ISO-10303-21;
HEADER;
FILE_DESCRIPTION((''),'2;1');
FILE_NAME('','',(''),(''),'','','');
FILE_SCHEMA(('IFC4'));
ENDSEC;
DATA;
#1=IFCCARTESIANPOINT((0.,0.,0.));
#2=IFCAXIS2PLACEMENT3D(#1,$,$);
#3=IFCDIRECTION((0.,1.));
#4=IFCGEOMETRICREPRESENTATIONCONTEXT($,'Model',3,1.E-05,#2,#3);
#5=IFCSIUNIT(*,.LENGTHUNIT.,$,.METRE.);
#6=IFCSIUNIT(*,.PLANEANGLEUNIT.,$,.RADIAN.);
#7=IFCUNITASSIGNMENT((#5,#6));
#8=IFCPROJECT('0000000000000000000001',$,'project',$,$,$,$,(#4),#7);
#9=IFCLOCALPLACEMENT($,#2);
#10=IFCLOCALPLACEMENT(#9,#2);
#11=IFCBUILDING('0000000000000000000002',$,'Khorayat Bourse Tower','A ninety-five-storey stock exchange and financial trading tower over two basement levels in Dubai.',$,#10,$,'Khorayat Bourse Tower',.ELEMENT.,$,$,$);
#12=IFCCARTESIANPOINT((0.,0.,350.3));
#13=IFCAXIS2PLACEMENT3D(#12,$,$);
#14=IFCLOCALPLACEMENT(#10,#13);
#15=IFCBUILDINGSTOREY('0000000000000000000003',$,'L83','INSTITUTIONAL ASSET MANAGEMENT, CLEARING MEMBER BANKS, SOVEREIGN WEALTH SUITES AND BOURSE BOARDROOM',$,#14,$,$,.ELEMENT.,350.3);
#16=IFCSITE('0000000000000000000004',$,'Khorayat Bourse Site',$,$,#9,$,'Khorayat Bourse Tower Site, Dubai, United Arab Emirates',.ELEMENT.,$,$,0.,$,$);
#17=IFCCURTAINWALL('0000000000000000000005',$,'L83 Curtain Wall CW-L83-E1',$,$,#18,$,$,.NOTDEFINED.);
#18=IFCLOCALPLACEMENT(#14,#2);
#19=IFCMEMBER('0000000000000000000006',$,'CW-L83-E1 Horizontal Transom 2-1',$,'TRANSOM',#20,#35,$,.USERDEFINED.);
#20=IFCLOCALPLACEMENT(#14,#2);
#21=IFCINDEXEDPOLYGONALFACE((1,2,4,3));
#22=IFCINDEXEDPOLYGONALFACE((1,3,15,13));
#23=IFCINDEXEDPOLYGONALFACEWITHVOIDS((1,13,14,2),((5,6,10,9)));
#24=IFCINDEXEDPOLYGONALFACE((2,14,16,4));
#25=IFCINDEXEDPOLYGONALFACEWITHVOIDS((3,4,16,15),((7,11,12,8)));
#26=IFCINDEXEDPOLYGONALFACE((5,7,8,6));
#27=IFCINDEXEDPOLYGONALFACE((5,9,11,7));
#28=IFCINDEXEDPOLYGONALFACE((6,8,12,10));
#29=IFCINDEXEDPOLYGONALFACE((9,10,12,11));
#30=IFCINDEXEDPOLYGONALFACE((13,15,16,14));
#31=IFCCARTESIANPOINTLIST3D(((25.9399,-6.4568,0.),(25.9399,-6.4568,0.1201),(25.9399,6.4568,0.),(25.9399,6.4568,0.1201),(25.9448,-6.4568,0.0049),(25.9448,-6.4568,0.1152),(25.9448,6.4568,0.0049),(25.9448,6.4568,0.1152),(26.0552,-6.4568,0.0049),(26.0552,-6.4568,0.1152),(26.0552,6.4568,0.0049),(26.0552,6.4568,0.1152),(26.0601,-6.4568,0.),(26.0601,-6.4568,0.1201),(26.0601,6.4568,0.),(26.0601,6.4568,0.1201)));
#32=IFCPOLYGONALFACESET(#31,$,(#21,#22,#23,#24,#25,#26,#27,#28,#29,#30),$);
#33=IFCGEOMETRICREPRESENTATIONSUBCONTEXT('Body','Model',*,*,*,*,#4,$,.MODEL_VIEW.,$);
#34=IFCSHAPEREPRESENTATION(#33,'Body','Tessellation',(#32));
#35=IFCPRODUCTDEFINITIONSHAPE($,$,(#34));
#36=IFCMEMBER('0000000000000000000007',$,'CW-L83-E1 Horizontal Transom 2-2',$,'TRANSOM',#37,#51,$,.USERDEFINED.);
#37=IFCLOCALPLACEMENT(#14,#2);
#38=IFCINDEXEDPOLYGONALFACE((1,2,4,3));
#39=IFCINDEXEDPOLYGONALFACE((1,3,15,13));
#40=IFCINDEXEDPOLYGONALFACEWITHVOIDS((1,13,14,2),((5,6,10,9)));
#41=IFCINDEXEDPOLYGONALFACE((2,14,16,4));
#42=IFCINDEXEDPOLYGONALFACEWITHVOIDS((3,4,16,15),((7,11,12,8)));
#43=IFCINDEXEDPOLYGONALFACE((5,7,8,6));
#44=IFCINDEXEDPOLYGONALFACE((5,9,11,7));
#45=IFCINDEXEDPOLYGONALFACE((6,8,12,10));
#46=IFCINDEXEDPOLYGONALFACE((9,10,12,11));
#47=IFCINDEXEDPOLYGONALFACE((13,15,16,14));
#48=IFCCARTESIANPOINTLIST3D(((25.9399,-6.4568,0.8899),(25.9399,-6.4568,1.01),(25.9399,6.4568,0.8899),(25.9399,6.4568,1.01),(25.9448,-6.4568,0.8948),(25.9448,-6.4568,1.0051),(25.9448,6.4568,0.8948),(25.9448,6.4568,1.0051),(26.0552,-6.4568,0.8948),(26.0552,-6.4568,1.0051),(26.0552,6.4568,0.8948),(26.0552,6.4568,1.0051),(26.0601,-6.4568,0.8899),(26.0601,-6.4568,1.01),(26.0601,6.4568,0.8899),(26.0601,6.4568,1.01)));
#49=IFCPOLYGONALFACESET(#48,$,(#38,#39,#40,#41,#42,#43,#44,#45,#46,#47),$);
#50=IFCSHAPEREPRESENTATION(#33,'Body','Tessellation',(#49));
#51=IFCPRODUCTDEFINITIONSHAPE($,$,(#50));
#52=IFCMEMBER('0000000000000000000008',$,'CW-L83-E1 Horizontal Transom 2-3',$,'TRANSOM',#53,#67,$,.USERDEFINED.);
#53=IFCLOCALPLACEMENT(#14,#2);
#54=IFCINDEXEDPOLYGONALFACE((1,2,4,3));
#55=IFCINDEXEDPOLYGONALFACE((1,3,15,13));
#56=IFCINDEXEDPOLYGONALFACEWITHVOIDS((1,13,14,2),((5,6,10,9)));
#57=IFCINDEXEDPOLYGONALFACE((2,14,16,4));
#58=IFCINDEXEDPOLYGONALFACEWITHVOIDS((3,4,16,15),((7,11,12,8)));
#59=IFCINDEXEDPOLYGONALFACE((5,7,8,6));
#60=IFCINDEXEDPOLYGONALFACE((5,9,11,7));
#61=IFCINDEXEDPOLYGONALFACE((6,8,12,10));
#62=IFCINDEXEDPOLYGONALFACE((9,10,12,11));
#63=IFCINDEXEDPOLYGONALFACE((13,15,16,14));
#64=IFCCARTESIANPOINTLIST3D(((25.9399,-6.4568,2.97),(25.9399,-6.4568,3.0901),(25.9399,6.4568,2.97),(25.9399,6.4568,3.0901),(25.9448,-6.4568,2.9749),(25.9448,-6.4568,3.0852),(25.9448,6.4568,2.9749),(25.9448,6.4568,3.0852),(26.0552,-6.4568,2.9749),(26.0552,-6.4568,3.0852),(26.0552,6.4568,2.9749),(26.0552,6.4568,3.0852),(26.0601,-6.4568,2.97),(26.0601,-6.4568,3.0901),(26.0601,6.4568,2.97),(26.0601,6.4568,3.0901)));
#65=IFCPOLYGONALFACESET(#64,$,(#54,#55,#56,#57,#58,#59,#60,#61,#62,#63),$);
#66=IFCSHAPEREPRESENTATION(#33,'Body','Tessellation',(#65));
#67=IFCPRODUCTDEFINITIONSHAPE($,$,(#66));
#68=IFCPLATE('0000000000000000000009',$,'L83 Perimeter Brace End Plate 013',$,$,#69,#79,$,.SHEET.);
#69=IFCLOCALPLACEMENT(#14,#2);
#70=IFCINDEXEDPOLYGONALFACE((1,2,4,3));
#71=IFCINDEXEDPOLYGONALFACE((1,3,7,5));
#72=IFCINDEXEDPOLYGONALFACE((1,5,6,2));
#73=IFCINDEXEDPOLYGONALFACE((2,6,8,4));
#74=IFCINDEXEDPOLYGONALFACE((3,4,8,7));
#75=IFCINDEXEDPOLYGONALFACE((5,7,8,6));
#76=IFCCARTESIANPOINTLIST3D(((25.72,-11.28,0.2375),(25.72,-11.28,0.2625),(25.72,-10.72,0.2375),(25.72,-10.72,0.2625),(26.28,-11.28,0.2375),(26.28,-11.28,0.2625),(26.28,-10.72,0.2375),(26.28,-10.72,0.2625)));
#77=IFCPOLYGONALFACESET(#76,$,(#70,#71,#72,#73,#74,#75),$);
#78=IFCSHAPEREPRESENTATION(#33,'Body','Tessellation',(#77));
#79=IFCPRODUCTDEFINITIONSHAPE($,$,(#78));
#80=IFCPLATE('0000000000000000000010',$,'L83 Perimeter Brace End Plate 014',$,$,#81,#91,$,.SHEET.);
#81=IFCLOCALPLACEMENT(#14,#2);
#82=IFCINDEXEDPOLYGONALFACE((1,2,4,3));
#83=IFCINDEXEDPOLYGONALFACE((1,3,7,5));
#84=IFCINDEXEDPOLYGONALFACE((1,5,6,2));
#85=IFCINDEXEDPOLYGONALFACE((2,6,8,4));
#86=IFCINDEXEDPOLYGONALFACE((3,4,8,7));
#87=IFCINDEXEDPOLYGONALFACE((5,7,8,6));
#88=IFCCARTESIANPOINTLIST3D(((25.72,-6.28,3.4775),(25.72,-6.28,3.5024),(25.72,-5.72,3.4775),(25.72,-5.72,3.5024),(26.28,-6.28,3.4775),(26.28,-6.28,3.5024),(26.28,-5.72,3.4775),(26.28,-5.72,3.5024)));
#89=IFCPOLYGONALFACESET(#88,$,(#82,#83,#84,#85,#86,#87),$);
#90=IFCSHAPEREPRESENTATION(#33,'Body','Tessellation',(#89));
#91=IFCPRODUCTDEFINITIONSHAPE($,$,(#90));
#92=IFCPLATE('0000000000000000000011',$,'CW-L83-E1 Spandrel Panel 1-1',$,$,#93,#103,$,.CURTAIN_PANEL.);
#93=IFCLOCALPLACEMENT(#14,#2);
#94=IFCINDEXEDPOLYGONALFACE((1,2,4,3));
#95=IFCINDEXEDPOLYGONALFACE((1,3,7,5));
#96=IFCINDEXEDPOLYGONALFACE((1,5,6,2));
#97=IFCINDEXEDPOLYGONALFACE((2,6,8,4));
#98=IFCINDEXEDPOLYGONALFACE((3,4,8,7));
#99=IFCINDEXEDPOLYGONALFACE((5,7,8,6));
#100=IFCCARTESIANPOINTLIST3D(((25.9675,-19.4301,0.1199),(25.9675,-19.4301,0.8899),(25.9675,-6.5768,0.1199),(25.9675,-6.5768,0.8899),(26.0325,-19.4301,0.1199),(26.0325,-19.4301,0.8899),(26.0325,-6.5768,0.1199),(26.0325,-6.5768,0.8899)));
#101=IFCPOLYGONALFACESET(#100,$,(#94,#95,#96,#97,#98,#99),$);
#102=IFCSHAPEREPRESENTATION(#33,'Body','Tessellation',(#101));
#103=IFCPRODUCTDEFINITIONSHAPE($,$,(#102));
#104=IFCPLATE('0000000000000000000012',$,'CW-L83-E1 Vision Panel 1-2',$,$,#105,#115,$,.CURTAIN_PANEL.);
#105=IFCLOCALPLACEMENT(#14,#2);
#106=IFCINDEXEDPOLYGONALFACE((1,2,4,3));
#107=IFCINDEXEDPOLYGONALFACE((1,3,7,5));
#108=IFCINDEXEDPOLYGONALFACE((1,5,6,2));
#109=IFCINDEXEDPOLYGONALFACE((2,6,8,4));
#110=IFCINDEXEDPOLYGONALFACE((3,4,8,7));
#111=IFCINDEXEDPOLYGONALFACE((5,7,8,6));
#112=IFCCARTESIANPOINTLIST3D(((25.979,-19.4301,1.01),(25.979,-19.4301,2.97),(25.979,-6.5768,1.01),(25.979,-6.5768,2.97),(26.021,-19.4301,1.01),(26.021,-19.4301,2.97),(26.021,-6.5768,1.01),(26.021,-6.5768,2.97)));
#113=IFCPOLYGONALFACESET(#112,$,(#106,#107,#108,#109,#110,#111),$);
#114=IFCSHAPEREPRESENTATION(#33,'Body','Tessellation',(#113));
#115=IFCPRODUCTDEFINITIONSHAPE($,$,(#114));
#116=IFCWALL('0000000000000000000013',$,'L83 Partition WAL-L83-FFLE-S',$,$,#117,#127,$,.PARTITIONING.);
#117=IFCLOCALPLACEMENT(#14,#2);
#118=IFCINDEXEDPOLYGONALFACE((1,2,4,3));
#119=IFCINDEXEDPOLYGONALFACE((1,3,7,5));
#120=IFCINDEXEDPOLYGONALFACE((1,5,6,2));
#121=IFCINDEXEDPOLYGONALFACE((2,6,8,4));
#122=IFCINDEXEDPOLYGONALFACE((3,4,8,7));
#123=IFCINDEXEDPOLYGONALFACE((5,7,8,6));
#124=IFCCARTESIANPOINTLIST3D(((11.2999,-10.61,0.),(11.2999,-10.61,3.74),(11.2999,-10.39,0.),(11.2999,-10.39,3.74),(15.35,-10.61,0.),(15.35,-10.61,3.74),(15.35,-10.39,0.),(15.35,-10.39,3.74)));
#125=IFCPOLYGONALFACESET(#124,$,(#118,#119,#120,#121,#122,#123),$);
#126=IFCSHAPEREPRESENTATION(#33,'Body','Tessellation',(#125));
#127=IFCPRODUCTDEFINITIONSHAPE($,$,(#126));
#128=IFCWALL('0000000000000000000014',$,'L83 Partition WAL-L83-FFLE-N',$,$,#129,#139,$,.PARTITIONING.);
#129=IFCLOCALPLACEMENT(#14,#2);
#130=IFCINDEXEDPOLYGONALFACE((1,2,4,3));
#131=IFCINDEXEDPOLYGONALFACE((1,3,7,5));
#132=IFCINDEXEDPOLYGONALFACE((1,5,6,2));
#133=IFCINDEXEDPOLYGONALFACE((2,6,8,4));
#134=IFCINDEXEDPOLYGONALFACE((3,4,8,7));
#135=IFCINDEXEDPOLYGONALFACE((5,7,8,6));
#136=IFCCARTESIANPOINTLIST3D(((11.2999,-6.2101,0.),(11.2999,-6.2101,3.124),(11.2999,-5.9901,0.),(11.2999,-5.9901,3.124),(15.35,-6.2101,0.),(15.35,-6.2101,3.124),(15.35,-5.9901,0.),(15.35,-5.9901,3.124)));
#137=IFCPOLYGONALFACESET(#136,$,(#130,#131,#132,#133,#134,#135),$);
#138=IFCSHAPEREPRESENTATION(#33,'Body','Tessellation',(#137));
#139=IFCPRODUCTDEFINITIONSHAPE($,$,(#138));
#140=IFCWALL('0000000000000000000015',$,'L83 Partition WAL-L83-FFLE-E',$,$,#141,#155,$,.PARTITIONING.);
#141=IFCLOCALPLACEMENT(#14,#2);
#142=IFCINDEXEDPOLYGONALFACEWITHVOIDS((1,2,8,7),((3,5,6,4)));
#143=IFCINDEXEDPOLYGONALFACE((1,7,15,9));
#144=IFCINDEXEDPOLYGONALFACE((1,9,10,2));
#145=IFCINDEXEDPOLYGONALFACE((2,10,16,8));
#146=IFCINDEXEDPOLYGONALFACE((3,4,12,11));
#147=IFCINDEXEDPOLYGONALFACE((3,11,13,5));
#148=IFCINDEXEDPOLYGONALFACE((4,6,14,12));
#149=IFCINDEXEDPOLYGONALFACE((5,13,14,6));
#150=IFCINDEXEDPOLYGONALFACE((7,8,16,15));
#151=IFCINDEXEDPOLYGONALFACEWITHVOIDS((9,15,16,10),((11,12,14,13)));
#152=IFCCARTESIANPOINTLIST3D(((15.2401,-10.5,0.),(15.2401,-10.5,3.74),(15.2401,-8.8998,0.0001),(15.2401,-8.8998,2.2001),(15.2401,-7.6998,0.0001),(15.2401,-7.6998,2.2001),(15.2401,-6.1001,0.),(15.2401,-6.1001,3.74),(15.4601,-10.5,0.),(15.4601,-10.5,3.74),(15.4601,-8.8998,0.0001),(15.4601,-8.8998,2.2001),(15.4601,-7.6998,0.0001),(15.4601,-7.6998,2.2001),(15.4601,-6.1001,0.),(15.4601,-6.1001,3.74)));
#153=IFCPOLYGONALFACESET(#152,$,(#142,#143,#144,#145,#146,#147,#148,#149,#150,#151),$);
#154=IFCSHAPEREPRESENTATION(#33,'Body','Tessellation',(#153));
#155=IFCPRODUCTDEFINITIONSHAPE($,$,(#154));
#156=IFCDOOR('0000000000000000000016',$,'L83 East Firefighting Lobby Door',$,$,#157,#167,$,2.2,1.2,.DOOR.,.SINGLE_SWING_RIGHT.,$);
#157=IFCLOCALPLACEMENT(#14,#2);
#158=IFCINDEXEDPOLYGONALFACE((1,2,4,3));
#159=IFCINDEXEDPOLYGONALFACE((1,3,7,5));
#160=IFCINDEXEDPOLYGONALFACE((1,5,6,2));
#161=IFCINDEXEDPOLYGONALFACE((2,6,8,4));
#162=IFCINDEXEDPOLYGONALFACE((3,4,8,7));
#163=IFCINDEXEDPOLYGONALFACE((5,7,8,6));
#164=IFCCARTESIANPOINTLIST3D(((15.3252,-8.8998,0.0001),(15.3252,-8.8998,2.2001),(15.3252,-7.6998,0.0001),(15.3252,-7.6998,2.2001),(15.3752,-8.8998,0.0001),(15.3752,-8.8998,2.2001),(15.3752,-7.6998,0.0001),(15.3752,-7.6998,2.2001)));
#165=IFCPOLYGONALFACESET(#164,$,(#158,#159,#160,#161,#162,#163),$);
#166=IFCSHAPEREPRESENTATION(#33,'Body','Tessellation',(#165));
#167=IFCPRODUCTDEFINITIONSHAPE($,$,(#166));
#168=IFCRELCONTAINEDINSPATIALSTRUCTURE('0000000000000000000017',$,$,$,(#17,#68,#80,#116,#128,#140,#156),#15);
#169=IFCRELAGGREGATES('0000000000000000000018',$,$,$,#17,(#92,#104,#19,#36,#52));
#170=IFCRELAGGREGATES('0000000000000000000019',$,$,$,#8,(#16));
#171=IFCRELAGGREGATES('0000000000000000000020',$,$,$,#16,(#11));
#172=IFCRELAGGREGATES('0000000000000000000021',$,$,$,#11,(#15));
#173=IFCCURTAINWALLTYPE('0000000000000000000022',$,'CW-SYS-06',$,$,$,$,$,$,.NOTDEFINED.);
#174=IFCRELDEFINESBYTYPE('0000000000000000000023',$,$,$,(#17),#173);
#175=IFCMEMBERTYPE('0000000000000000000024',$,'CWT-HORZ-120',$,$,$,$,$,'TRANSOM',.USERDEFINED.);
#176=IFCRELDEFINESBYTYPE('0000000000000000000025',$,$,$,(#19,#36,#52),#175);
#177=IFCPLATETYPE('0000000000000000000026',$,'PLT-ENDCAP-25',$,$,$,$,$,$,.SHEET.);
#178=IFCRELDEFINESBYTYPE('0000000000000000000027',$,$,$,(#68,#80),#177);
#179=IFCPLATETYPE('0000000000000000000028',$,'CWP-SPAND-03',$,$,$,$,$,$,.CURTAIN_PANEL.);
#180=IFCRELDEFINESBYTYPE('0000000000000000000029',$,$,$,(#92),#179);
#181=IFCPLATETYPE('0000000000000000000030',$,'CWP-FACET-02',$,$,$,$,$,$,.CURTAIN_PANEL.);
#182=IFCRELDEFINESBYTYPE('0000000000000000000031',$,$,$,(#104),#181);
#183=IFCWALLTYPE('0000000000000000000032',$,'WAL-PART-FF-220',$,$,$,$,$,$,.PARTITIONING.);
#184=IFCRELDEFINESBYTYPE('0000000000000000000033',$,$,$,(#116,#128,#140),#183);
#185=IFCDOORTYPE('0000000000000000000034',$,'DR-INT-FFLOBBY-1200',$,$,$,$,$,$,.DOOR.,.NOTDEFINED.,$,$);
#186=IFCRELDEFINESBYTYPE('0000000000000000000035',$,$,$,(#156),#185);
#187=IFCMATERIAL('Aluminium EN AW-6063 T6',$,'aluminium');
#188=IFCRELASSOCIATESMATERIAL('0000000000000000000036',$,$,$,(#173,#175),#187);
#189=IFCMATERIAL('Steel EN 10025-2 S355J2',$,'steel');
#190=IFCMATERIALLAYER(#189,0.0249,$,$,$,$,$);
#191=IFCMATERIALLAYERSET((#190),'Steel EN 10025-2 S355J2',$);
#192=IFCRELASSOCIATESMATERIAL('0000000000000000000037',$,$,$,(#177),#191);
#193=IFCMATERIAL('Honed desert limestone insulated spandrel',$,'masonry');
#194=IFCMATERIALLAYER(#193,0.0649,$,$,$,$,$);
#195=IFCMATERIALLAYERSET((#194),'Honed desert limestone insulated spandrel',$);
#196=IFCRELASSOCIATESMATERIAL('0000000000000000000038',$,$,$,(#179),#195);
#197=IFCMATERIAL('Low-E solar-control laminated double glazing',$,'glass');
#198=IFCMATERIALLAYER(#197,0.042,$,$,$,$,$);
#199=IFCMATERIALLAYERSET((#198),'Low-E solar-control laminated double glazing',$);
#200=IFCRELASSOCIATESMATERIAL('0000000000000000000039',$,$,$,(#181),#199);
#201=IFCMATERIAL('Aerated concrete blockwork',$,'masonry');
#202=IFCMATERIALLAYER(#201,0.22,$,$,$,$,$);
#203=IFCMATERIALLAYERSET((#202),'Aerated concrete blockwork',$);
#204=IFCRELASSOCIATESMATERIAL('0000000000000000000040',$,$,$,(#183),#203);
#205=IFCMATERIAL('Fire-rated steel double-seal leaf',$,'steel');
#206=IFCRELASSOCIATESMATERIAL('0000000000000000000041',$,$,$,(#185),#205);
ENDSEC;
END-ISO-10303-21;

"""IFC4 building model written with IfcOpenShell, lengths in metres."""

from ifc_helpers import new_model, si_unit, direction, frame, frame_2d, origin, origin_2d, place, context, subcontext, project, spatial, rectangle, hollow_rectangle, extrude, source, transform, mapped, material, layer, layer_set, material_profile, profile_set, type_object, element, fill, aggregate, save


model = new_model("IFC4")

# Units and contexts
model_context = context("Model", 3, precision=1e-05, world=origin(), true_north=direction((0.0, 1.0)))
body_context = subcontext(model_context, "Body", "Model", "MODEL_VIEW")
ifc_project = project(units=[si_unit("LENGTHUNIT", "METRE"), si_unit("PLANEANGLEUNIT", "RADIAN")], contexts=[model_context])

# Site, building, storey
site_placement = place(None, origin())
site = spatial("IfcSite", under=ifc_project, at=site_placement, Name="Khorayat Bourse Site", LongName="Khorayat Bourse Tower Site, Dubai, United Arab Emirates", CompositionType="ELEMENT", RefElevation=0.0)
building_placement = place(site_placement, origin())
building = spatial("IfcBuilding", under=site, at=building_placement, Name="Khorayat Bourse Tower", Description="A ninety-five-storey stock exchange and financial trading tower over two basement levels in Dubai.", LongName="Khorayat Bourse Tower", CompositionType="ELEMENT")
storey_placement = place(building_placement, frame((0.0, 0.0, 350.3)))
storey = spatial("IfcBuildingStorey", under=building, at=storey_placement, Name="L83", Description="INSTITUTIONAL ASSET MANAGEMENT, CLEARING MEMBER BANKS, SOVEREIGN WEALTH SUITES AND BOURSE BOARDROOM", CompositionType="ELEMENT", Elevation=350.3)

# Shared definitions
ifc_material_1 = material(Name="Steel EN 10025-2 S355J2", Category="steel")

# Curtain wall, members
ifc_material_2 = material(Name="Aluminium EN AW-6063 T6", Category="aluminium")
curtain_wall_type = type_object("IfcCurtainWallType", Name="CW-SYS-06", PredefinedType="NOTDEFINED", material=ifc_material_2)
curtain_wall_placement = place(storey_placement, origin())
curtain_wall = element("IfcCurtainWall", 1, at=curtain_wall_placement, inside=storey, type_object=curtain_wall_type, Name="L83 Curtain Wall CW-L83-E1", PredefinedType="NOTDEFINED")
ifc_material_profile_1 = material_profile(ifc_material_2, hollow_rectangle(XDim=0.1201, YDim=0.1201, WallThickness=0.0049, at=origin_2d()), Name="ALU 120x120x5")
ifc_profile_set_1 = profile_set([ifc_material_profile_1], Name="Aluminium EN AW-6063 T6")
member_type_1 = type_object("IfcMemberType", Name="CWT-HORZ-120", ElementType="TRANSOM", PredefinedType="USERDEFINED", material=ifc_profile_set_1)
shared_shape_1 = source(origin(), body_context, "Body", "SweptSolid", [
    extrude(hollow_rectangle(XDim=0.1201, YDim=0.1201, WallThickness=0.0049, at=origin_2d()), origin(), (0.0, 0.0, 1.0), 12.9136),
])
member_1_placement = place(storey_placement, frame((26.0, -6.4568, 0.0601), z_axis=(0.0, 1.0, 0.0), x_axis=(-1.0, 0.0, 0.0)))
member_1 = element("IfcMember", 2, at=member_1_placement, type_object=member_type_1, Name="CW-L83-E1 Horizontal Transom 2-1", ObjectType="TRANSOM", PredefinedType="USERDEFINED", context=body_context, shape_type="MappedRepresentation", body=[
    mapped(shared_shape_1, transform((0.0, 0.0, 0.0), scale=1.0)),
])
member_2_placement = place(storey_placement, frame((26.0, -6.4568, 0.95), z_axis=(0.0, 1.0, 0.0), x_axis=(-1.0, 0.0, 0.0)))
member_2 = element("IfcMember", 3, at=member_2_placement, type_object=member_type_1, Name="CW-L83-E1 Horizontal Transom 2-2", ObjectType="TRANSOM", PredefinedType="USERDEFINED", context=body_context, shape_type="MappedRepresentation", body=[
    mapped(shared_shape_1, transform((0.0, 0.0, 0.0), scale=1.0)),
])
member_3_placement = place(storey_placement, frame((26.0, -6.4568, 3.03), z_axis=(0.0, 1.0, 0.0), x_axis=(-1.0, 0.0, 0.0)))
member_3 = element("IfcMember", 4, at=member_3_placement, type_object=member_type_1, Name="CW-L83-E1 Horizontal Transom 2-3", ObjectType="TRANSOM", PredefinedType="USERDEFINED", context=body_context, shape_type="MappedRepresentation", body=[
    mapped(shared_shape_1, transform((0.0, 0.0, 0.0), scale=1.0)),
])

# Plates
ifc_layer_1 = layer(ifc_material_1, 0.0249)
ifc_layer_set_1 = layer_set([ifc_layer_1], Name="Steel EN 10025-2 S355J2")
plate_type_1 = type_object("IfcPlateType", Name="PLT-ENDCAP-25", PredefinedType="SHEET", material=ifc_layer_set_1)
shared_shape_2 = source(origin(), body_context, "Body", "SweptSolid", [
    extrude(rectangle(XDim=0.5601, YDim=0.5601, at=origin_2d()), origin(), (0.0, 0.0, 1.0), 0.0249),
])
for number, where, z_axis, x_axis, name in (
    (5, (26.0, -11.0, 0.2375), (0.0, 0.0, 1.0), (1.0, 0.0, 0.0), "L83 Perimeter Brace End Plate 013"),
    (6, (26.0, -6.0, 3.4775), (0.0, 0.0, 1.0), (1.0, 0.0, 0.0), "L83 Perimeter Brace End Plate 014"),
):
    element("IfcPlate", number, at=place(storey_placement, frame(where, z_axis=z_axis, x_axis=x_axis)), inside=storey, type_object=plate_type_1, Name=name, PredefinedType="SHEET", context=body_context, shape_type="MappedRepresentation", body=[
        mapped(shared_shape_2, transform((0.0, 0.0, 0.0), scale=1.0)),
    ])

# Plates
ifc_material_3 = material(Name="Honed desert limestone insulated spandrel", Category="masonry")
ifc_layer_2 = layer(ifc_material_3, 0.0649)
ifc_layer_set_2 = layer_set([ifc_layer_2], Name="Honed desert limestone insulated spandrel")
plate_type_2 = type_object("IfcPlateType", Name="CWP-SPAND-03", PredefinedType="CURTAIN_PANEL", material=ifc_layer_set_2)
shared_shape_3 = source(origin(), body_context, "Body", "SweptSolid", [
    extrude(rectangle(XDim=12.8533, YDim=0.0649, at=origin_2d()), origin(), (0.0, 0.0, 1.0), 0.77),
])
plate_1_placement = place(storey_placement, frame((26.0, -13.0034, 0.1199), z_axis=(0.0, 0.0, 1.0), x_axis=(0.0, 1.0, 0.0)))
plate_1 = element("IfcPlate", 7, at=plate_1_placement, type_object=plate_type_2, Name="CW-L83-E1 Spandrel Panel 1-1", PredefinedType="CURTAIN_PANEL", context=body_context, shape_type="MappedRepresentation", body=[
    mapped(shared_shape_3, transform((0.0, 0.0, 0.0), scale=1.0)),
])
ifc_material_4 = material(Name="Low-E solar-control laminated double glazing", Category="glass")
ifc_layer_3 = layer(ifc_material_4, 0.042)
ifc_layer_set_3 = layer_set([ifc_layer_3], Name="Low-E solar-control laminated double glazing")
plate_type_3 = type_object("IfcPlateType", Name="CWP-FACET-02", PredefinedType="CURTAIN_PANEL", material=ifc_layer_set_3)
shared_shape_4 = source(origin(), body_context, "Body", "SweptSolid", [
    extrude(rectangle(XDim=12.8533, YDim=0.042, at=origin_2d()), origin(), (0.0, 0.0, 1.0), 1.96),
])
plate_2_placement = place(storey_placement, frame((26.0, -13.0034, 1.01), z_axis=(0.0, 0.0, 1.0), x_axis=(0.0, 1.0, 0.0)))
plate_2 = element("IfcPlate", 8, at=plate_2_placement, type_object=plate_type_3, Name="CW-L83-E1 Vision Panel 1-2", PredefinedType="CURTAIN_PANEL", context=body_context, shape_type="MappedRepresentation", body=[
    mapped(shared_shape_4, transform((0.0, 0.0, 0.0), scale=1.0)),
])
aggregate(curtain_wall, [plate_1, plate_2, member_1, member_2, member_3])

# Walls
ifc_material_5 = material(Name="Aerated concrete blockwork", Category="masonry")
ifc_layer_4 = layer(ifc_material_5, 0.22)
ifc_layer_set_4 = layer_set([ifc_layer_4], Name="Aerated concrete blockwork")
wall_type_1 = type_object("IfcWallType", Name="WAL-PART-FF-220", PredefinedType="PARTITIONING", material=ifc_layer_set_4)
shared_shape_5 = source(origin(), body_context, "Body", "SweptSolid", [
    extrude(rectangle(XDim=4.05, YDim=0.22, at=frame_2d((2.0249, 0.0))), origin(), (0.0, 0.0, 1.0), 3.74),
])
wall_1_placement = place(storey_placement, frame((11.3, -10.5, 0.0), z_axis=(0.0, 0.0, 1.0), x_axis=(1.0, 0.0, 0.0)))
element("IfcWall", 9, at=wall_1_placement, inside=storey, type_object=wall_type_1, Name="L83 Partition WAL-L83-FFLE-S", PredefinedType="PARTITIONING", context=body_context, shape_type="MappedRepresentation", body=[
    mapped(shared_shape_5, transform((0.0, 0.0, 0.0), scale=1.0)),
])
shared_shape_6 = source(origin(), body_context, "Body", "SweptSolid", [
    extrude(rectangle(XDim=4.05, YDim=0.22, at=frame_2d((2.0249, 0.0))), origin(), (0.0, 0.0, 1.0), 3.124),
])
wall_2_placement = place(storey_placement, frame((11.3, -6.1001, 0.0), z_axis=(0.0, 0.0, 1.0), x_axis=(1.0, 0.0, 0.0)))
element("IfcWall", 10, at=wall_2_placement, inside=storey, type_object=wall_type_1, Name="L83 Partition WAL-L83-FFLE-N", PredefinedType="PARTITIONING", context=body_context, shape_type="MappedRepresentation", body=[
    mapped(shared_shape_6, transform((0.0, 0.0, 0.0), scale=1.0)),
])

# Wall, opening, door
shared_shape_7 = source(origin(), body_context, "Body", "SweptSolid", [
    extrude(rectangle(XDim=4.3999, YDim=0.22, at=frame_2d((2.2, 0.0))), origin(), (0.0, 0.0, 1.0), 3.74),
])
wall_3_placement = place(storey_placement, frame((15.3501, -10.5, 0.0), z_axis=(0.0, 0.0, 1.0), x_axis=(0.0, 1.0, 0.0)))
wall_3 = element("IfcWall", 11, at=wall_3_placement, inside=storey, type_object=wall_type_1, Name="L83 Partition WAL-L83-FFLE-E", PredefinedType="PARTITIONING", context=body_context, shape_type="MappedRepresentation", body=[
    mapped(shared_shape_7, transform((0.0, 0.0, 0.0), scale=1.0)),
])
shared_shape_8 = source(origin(), body_context, "Body", "SweptSolid", [
    extrude(rectangle(XDim=1.2, YDim=2.2, at=frame_2d((0.6001, 1.1001))), frame((0.0, 0.1199, 0.0), z_axis=(0.0, -1.0, 0.0), x_axis=(1.0, 0.0, 0.0)), (0.0, 0.0, 1.0), 0.24),
])
opening_1_placement = place(wall_3_placement, frame((1.6001, 0.0, 0.0)))
opening_1 = element("IfcOpeningElement", 12, at=opening_1_placement, cuts=wall_3, PredefinedType="OPENING", context=body_context, shape_type="MappedRepresentation", body=[
    mapped(shared_shape_8, transform((0.0, 0.0, 0.0), scale=1.0)),
])
ifc_material_6 = material(Name="Fire-rated steel double-seal leaf", Category="steel")
door_type_1 = type_object("IfcDoorType", Name="DR-INT-FFLOBBY-1200", OperationType="NOTDEFINED", PredefinedType="DOOR", material=ifc_material_6)
shared_shape_9 = source(origin(), body_context, "Body", "SweptSolid", [
    extrude(rectangle(XDim=1.2, YDim=2.2, at=frame_2d((0.6001, 1.1001))), frame((0.0, 0.0249, 0.0), z_axis=(0.0, -1.0, 0.0), x_axis=(1.0, 0.0, 0.0)), (0.0, 0.0, 1.0), 0.05),
])
door_1_placement = place(opening_1_placement, origin())
door_1 = element("IfcDoor", 13, at=door_1_placement, inside=storey, type_object=door_type_1, Name="L83 East Firefighting Lobby Door", OperationType="SINGLE_SWING_RIGHT", OverallHeight=2.2, OverallWidth=1.2, PredefinedType="DOOR", context=body_context, shape_type="MappedRepresentation", body=[
    mapped(shared_shape_9, transform((0.0, 0.0, 0.0), scale=1.0)),
])
fill(opening_1, door_1)

save(model, "model.ifc")
